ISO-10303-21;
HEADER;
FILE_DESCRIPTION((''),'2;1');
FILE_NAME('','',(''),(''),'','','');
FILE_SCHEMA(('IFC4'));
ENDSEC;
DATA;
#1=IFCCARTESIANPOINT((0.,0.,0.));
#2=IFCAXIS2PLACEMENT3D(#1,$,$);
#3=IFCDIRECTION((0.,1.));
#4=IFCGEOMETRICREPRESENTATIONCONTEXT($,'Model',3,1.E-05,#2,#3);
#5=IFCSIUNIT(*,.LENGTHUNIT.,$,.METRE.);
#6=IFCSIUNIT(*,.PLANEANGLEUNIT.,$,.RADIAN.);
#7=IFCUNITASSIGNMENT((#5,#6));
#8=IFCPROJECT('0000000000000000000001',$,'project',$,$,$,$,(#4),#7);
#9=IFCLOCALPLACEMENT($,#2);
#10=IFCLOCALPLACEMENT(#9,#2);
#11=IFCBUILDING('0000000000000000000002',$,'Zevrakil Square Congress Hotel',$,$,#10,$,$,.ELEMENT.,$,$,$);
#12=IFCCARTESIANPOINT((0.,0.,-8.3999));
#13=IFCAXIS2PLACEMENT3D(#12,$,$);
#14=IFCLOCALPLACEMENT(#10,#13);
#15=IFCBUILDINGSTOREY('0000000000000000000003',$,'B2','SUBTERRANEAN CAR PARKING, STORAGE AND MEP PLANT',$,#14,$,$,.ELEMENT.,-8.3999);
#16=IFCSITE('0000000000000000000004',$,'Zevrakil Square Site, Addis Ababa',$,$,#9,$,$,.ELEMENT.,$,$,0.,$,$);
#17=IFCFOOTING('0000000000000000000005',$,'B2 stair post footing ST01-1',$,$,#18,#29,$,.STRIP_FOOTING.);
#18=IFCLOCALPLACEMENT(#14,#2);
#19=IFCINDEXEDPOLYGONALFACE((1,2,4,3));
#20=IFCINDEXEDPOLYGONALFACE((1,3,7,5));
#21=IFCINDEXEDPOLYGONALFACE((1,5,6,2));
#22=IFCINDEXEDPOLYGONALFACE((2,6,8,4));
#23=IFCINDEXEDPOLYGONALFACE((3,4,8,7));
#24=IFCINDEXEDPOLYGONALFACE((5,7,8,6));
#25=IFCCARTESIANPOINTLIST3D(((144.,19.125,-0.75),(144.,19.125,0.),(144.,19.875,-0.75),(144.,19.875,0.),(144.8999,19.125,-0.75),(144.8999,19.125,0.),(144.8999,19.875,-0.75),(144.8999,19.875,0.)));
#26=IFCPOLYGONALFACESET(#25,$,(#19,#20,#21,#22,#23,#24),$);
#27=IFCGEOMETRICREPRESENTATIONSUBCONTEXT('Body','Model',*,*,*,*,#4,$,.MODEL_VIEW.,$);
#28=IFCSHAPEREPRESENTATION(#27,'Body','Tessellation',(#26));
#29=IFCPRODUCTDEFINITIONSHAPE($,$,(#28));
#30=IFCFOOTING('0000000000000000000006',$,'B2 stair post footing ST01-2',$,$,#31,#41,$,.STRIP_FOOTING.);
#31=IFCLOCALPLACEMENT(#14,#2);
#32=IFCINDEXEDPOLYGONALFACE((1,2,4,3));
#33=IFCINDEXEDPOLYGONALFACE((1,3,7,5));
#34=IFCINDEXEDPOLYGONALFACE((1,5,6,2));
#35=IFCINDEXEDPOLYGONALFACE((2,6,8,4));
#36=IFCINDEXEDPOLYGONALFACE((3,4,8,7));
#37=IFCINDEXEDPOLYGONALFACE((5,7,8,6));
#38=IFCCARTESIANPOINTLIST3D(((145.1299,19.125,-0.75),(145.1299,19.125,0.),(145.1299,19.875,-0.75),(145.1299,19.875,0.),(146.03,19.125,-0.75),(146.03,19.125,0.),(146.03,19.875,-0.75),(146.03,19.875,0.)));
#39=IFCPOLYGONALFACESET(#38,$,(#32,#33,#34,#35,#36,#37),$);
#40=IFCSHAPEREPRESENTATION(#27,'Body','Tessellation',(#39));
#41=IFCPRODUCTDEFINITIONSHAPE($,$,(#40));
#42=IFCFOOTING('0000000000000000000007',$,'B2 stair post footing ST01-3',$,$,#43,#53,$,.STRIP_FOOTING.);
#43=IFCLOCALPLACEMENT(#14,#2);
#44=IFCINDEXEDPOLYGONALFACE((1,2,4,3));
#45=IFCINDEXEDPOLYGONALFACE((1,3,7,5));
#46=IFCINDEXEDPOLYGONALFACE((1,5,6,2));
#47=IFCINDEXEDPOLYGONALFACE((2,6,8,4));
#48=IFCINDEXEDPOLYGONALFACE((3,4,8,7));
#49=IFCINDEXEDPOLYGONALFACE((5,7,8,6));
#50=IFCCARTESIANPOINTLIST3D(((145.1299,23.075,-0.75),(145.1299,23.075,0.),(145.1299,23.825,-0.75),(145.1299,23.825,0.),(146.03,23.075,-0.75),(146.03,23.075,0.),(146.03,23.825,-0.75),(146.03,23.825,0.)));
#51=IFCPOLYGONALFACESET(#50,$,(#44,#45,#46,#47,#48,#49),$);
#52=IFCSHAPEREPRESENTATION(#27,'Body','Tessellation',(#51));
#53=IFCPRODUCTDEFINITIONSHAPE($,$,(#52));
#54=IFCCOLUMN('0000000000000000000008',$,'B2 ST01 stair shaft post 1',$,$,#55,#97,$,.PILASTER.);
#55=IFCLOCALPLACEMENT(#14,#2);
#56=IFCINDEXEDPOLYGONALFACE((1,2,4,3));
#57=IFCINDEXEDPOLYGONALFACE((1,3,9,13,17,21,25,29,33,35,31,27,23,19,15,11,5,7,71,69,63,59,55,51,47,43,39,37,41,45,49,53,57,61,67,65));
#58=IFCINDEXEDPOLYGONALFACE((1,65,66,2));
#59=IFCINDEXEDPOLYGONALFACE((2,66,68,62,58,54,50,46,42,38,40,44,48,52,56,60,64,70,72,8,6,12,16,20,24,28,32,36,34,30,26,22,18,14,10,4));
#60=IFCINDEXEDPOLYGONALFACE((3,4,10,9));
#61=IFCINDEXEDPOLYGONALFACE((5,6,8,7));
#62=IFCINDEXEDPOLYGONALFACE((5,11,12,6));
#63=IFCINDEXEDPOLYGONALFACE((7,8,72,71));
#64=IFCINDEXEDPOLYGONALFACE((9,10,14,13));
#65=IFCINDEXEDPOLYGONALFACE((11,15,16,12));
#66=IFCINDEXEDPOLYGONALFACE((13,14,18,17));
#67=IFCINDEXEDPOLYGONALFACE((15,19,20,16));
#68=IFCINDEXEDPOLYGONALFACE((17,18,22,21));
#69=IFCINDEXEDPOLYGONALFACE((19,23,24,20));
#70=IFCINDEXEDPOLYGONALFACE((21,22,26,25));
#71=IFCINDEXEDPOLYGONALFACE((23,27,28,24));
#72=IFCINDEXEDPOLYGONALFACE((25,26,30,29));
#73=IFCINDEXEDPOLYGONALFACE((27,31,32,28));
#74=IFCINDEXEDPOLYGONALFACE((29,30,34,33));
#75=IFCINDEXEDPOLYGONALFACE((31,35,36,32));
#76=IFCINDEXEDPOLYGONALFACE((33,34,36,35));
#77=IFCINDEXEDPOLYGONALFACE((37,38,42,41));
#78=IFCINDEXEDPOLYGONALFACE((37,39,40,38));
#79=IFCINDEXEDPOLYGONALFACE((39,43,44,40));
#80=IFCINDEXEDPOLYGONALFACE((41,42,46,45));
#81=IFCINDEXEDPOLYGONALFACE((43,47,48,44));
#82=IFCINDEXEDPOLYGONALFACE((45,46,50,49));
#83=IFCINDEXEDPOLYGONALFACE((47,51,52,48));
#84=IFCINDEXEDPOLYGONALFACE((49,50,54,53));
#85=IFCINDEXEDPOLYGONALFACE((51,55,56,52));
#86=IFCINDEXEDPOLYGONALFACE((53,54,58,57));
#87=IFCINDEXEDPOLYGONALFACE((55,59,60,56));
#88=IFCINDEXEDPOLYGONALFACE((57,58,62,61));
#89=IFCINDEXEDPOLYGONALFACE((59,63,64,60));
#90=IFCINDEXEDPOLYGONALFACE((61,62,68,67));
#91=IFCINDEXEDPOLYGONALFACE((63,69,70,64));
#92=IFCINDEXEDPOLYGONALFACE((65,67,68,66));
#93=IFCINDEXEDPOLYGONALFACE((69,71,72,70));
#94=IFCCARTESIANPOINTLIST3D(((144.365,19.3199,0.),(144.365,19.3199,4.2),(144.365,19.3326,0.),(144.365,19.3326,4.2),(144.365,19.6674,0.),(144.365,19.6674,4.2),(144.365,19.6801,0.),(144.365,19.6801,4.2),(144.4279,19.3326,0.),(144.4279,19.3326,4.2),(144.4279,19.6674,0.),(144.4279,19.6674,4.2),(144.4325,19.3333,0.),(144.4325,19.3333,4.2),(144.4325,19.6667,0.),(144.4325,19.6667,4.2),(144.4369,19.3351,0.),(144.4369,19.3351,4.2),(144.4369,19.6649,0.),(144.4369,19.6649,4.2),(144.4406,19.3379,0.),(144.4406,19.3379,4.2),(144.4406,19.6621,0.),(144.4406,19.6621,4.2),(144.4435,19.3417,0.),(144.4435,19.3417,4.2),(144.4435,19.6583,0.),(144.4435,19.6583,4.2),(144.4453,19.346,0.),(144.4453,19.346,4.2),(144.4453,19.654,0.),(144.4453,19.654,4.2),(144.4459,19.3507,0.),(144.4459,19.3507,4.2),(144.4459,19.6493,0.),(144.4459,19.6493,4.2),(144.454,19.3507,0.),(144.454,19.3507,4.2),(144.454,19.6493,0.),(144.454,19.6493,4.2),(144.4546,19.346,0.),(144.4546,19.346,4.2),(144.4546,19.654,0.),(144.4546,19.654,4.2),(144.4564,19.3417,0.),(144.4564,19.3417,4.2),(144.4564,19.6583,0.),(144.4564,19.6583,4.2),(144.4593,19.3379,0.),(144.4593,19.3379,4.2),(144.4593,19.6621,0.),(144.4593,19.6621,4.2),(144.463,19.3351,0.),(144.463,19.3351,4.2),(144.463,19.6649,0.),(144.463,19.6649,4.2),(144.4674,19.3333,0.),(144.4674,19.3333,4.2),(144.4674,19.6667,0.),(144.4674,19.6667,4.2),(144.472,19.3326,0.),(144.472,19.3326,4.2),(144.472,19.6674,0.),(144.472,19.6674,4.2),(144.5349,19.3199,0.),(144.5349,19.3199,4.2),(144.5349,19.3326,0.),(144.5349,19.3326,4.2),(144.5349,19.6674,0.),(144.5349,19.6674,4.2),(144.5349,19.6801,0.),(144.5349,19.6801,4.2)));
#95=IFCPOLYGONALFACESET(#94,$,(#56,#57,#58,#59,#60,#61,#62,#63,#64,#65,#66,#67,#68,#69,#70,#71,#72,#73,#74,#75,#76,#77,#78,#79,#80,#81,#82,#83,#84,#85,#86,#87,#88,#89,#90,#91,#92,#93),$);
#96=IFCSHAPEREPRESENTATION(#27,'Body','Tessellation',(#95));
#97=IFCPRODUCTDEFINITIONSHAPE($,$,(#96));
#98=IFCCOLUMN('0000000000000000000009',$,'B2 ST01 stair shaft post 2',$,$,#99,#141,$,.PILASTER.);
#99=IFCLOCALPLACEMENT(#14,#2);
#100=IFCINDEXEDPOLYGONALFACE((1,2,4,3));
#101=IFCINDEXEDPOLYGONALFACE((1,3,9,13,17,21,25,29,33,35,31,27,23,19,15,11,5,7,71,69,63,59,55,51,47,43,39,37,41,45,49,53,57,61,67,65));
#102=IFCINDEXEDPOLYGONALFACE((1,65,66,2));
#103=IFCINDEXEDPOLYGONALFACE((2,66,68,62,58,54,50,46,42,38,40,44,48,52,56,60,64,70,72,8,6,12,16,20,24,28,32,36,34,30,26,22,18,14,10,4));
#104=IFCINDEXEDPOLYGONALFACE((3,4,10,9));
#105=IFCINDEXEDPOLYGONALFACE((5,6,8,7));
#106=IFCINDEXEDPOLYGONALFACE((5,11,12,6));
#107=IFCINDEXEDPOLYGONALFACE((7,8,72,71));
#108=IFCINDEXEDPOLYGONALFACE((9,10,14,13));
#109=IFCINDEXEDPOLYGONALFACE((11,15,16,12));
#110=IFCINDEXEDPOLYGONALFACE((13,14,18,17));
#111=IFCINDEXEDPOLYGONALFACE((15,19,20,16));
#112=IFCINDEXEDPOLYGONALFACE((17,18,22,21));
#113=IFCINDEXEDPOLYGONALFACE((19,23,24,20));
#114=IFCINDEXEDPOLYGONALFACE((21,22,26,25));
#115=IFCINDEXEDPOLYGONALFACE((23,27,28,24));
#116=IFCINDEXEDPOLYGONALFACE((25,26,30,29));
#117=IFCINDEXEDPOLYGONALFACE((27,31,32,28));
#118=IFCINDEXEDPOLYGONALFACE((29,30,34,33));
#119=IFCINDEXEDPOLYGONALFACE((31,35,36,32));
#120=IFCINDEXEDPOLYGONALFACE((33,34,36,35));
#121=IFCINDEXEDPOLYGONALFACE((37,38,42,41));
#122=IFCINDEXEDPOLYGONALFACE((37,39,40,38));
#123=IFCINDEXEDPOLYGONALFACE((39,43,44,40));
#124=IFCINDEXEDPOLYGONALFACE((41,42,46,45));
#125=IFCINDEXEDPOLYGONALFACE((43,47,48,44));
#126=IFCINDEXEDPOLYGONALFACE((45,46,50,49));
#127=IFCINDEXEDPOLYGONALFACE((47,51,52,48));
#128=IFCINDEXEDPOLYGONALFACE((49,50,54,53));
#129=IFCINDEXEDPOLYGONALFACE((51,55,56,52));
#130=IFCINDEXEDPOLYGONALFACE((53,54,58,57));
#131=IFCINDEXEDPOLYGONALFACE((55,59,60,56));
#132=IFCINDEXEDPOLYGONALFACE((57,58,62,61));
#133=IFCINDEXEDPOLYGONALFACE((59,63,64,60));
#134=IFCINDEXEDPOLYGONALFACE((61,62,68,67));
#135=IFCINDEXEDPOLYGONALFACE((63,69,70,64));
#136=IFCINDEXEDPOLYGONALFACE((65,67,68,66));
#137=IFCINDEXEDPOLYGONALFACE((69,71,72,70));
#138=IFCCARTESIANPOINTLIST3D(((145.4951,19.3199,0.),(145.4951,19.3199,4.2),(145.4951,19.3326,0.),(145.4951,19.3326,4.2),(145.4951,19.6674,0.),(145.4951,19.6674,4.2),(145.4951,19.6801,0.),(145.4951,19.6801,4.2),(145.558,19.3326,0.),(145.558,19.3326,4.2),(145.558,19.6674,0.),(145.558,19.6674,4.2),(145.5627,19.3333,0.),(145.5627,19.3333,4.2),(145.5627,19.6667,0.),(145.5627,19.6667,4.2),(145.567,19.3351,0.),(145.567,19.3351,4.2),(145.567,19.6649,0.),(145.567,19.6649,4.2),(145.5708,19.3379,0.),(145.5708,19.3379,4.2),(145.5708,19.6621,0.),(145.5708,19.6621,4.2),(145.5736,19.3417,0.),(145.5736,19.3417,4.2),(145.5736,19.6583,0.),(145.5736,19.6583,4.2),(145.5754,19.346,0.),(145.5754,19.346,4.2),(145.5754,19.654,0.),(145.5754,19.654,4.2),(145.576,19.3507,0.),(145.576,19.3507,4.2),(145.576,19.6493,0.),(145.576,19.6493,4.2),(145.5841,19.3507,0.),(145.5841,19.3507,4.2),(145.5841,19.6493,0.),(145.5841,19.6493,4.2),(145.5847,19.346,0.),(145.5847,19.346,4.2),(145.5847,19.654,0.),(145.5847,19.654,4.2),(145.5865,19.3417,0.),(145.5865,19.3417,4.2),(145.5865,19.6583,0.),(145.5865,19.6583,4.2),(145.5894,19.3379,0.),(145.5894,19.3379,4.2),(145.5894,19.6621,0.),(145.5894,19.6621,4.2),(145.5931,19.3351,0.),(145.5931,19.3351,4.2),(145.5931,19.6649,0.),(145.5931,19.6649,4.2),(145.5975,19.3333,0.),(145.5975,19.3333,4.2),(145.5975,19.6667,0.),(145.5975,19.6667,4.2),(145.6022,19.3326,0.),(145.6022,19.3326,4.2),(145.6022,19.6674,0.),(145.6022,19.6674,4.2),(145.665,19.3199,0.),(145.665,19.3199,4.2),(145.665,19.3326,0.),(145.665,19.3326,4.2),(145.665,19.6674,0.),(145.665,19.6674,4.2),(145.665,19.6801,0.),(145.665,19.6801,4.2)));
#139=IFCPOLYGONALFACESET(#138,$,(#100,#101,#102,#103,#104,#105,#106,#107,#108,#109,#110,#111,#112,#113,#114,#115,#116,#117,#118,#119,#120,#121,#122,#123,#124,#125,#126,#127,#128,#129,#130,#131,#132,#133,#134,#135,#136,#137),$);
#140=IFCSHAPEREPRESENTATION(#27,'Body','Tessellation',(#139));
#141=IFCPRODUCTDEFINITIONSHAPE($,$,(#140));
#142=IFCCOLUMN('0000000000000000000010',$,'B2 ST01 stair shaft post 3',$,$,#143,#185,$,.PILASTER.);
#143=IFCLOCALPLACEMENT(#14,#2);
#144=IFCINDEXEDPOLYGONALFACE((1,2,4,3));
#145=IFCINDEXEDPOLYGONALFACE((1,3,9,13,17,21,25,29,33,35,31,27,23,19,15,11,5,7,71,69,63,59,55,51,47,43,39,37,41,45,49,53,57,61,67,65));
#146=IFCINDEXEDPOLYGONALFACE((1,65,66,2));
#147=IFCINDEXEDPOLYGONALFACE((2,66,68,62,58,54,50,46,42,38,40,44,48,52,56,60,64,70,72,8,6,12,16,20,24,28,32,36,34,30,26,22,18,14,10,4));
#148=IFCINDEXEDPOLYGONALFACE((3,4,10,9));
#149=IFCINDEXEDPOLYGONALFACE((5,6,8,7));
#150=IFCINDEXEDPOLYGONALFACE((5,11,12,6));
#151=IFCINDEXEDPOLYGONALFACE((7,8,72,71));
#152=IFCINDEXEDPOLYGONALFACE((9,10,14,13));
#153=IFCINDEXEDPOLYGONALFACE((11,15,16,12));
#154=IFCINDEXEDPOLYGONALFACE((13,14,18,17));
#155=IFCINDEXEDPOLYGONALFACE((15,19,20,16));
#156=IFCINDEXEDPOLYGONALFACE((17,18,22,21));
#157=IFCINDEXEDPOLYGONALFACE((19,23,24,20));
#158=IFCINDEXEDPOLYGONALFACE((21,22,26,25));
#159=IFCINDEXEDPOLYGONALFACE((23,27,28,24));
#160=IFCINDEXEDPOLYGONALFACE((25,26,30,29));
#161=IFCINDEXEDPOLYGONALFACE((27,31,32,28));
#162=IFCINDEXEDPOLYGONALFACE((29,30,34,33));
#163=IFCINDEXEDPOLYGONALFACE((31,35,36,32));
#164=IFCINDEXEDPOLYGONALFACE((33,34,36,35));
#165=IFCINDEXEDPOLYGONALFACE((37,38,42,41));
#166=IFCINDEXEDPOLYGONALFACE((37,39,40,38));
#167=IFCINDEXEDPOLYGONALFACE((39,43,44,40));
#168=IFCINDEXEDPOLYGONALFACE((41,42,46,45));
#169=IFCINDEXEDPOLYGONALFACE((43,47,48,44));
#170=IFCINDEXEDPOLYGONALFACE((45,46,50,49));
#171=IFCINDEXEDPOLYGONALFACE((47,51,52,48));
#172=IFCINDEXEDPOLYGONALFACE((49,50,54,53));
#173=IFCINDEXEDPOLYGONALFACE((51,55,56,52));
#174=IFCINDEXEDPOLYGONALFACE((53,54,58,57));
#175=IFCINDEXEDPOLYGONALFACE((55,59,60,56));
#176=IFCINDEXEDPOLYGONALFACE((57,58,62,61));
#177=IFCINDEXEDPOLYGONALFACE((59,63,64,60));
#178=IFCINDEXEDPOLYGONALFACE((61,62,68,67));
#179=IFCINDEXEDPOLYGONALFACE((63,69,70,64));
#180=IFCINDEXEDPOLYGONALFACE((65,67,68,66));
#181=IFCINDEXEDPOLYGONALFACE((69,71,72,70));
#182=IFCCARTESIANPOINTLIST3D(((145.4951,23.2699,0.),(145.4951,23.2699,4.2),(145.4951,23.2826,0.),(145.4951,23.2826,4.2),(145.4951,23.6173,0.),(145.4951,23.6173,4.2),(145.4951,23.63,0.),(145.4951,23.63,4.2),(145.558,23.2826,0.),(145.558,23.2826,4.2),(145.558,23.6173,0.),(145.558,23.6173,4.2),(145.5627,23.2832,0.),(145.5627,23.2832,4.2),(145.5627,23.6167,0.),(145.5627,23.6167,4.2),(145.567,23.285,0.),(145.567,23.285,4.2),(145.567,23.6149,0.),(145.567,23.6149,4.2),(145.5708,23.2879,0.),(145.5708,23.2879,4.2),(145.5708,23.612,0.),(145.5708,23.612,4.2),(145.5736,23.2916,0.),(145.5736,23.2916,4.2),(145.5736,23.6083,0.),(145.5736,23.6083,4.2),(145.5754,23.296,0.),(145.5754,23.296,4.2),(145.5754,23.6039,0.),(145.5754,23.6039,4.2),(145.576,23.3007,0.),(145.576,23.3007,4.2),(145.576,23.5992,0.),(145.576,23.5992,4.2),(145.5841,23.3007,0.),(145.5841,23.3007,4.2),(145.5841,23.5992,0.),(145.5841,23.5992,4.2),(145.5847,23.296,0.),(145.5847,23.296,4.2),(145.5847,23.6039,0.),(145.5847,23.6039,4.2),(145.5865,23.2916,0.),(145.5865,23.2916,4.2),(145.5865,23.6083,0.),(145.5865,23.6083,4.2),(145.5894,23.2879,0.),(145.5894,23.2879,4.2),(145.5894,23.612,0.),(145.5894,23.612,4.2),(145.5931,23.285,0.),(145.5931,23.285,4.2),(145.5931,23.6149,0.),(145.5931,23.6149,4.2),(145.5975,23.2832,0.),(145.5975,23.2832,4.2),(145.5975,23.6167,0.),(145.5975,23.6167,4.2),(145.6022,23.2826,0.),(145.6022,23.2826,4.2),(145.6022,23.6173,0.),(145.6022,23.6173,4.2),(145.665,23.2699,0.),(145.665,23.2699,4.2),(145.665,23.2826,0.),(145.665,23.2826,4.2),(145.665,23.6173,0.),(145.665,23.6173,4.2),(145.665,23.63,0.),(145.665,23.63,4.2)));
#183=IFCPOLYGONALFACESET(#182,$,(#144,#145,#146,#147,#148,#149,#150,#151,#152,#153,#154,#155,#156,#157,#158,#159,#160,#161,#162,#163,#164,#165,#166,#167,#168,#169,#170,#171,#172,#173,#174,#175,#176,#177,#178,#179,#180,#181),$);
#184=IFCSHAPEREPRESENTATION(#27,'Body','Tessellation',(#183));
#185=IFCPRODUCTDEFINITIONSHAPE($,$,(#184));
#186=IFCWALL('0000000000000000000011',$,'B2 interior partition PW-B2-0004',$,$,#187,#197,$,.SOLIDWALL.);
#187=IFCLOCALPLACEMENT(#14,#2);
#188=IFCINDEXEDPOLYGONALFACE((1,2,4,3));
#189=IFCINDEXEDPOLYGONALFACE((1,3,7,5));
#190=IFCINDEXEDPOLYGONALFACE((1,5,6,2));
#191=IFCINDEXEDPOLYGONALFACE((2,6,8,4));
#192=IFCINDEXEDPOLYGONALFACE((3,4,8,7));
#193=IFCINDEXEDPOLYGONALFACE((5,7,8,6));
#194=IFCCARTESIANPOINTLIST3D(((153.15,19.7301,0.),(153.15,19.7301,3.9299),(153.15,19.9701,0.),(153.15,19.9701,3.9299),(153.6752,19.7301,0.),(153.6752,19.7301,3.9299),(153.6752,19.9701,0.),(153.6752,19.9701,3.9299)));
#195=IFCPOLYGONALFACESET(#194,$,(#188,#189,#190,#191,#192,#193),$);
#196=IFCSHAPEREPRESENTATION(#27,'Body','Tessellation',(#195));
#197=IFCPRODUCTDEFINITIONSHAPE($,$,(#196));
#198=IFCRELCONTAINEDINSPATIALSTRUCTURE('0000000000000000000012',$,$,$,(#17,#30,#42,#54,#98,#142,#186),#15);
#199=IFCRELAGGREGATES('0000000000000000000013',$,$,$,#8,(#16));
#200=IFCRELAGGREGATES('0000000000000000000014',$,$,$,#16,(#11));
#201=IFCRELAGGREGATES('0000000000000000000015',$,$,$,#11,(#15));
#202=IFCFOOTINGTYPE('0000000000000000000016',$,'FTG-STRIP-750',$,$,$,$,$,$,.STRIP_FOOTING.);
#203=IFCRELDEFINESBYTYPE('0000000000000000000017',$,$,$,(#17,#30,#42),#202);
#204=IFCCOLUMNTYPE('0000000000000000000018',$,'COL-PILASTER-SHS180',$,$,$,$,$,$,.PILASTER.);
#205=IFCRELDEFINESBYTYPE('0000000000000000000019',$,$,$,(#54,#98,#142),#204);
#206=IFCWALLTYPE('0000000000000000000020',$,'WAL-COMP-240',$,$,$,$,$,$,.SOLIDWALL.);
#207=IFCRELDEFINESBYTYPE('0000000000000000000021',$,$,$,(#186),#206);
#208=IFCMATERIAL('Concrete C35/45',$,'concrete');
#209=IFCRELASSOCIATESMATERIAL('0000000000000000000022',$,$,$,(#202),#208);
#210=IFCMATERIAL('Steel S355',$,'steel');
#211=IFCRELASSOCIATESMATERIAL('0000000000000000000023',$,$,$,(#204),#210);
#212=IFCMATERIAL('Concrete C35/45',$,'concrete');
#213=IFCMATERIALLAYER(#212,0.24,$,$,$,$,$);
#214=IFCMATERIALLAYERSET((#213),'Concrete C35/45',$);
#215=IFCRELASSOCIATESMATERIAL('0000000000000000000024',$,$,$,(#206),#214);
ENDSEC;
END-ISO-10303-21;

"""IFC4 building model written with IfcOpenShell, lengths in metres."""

from ifc_helpers import new_model, si_unit, direction, frame, frame_2d, origin, origin_2d, place, context, subcontext, project, spatial, rectangle, i_section, extrude, material, layer, layer_set, material_profile, profile_set, type_object, element, save


model = new_model("IFC4")

# Units and contexts
model_context = context("Model", 3, precision=1e-05, world=origin(), true_north=direction((0.0, 1.0)))
body_context = subcontext(model_context, "Body", "Model", "MODEL_VIEW")
ifc_project = project(units=[si_unit("LENGTHUNIT", "METRE"), si_unit("PLANEANGLEUNIT", "RADIAN")], contexts=[model_context])

# Site, building, storey
site_placement = place(None, origin())
site = spatial("IfcSite", under=ifc_project, at=site_placement, Name="Zevrakil Square Site, Addis Ababa", CompositionType="ELEMENT", RefElevation=0.0)
building_placement = place(site_placement, origin())
building = spatial("IfcBuilding", under=site, at=building_placement, Name="Zevrakil Square Congress Hotel", CompositionType="ELEMENT")
storey_placement = place(building_placement, frame((0.0, 0.0, -8.3999)))
storey = spatial("IfcBuildingStorey", under=building, at=storey_placement, Name="B2", Description="SUBTERRANEAN CAR PARKING, STORAGE AND MEP PLANT", CompositionType="ELEMENT", Elevation=-8.3999)

# Footings
ifc_material_1 = material(Name="Concrete C35/45", Category="concrete")
ifc_material_profile_1 = material_profile(ifc_material_1, rectangle(XDim=0.75, YDim=0.75, at=origin_2d()), Name="RC 750x750")
ifc_profile_set_1 = profile_set([ifc_material_profile_1], Name="Concrete C35/45")
footing_type = type_object("IfcFootingType", Name="FTG-STRIP-750", PredefinedType="STRIP_FOOTING", material=ifc_profile_set_1)
footing_placement = place(storey_placement, frame((144.0, 19.5, -0.375), z_axis=(1.0, 0.0, 0.0), x_axis=(0.0, 1.0, 0.0)))
element("IfcFooting", 1, at=footing_placement, inside=storey, type_object=footing_type, Name="B2 stair post footing ST01-1", PredefinedType="STRIP_FOOTING", context=body_context, shape_type="SweptSolid", body=[
    extrude(rectangle(XDim=0.75, YDim=0.75, at=origin_2d()), origin(), (0.0, 0.0, 1.0), 0.8999),
])
for number, where, z_axis, x_axis, name in (
    (2, (145.1299, 19.5, -0.375), (1.0, 0.0, 0.0), (0.0, 1.0, 0.0), "B2 stair post footing ST01-2"),
    (3, (145.1299, 23.45, -0.375), (1.0, 0.0, 0.0), (0.0, 1.0, 0.0), "B2 stair post footing ST01-3"),
):
    element("IfcFooting", number, at=place(storey_placement, frame(where, z_axis=z_axis, x_axis=x_axis)), inside=storey, type_object=footing_type, Name=name, PredefinedType="STRIP_FOOTING", context=body_context, shape_type="SweptSolid", body=[
        extrude(rectangle(XDim=0.75, YDim=0.75, at=origin_2d()), origin(), (0.0, 0.0, 1.0), 0.9001),
    ])

# Columns
ifc_material_2 = material(Name="Steel S355", Category="steel")
ifc_material_profile_2 = material_profile(ifc_material_2, i_section(OverallWidth=0.1699, OverallDepth=0.3601, WebThickness=0.0081, FlangeThickness=0.0127, FilletRadius=0.0181, at=origin_2d()), Name="IPE 360")
ifc_profile_set_2 = profile_set([ifc_material_profile_2], Name="Steel S355")
column_type = type_object("IfcColumnType", Name="COL-PILASTER-SHS180", PredefinedType="PILASTER", material=ifc_profile_set_2)
for number, where, z_axis, x_axis, name in (
    (4, (144.45, 19.5, 0.0), (0.0, 0.0, 1.0), (1.0, 0.0, 0.0), "B2 ST01 stair shaft post 1"),
    (5, (145.5801, 19.5, 0.0), (0.0, 0.0, 1.0), (1.0, 0.0, 0.0), "B2 ST01 stair shaft post 2"),
    (6, (145.5801, 23.45, 0.0), (0.0, 0.0, 1.0), (1.0, 0.0, 0.0), "B2 ST01 stair shaft post 3"),
):
    element("IfcColumn", number, at=place(storey_placement, frame(where, z_axis=z_axis, x_axis=x_axis)), inside=storey, type_object=column_type, Name=name, PredefinedType="PILASTER", context=body_context, shape_type="SweptSolid", body=[
        extrude(i_section(OverallWidth=0.1699, OverallDepth=0.3601, WebThickness=0.0081, FlangeThickness=0.0127, FilletRadius=0.0181, at=origin_2d()), origin(), (0.0, 0.0, 1.0), 4.2),
    ])

# Wall
ifc_material_3 = material(Name="Concrete C35/45", Category="concrete")
ifc_layer_1 = layer(ifc_material_3, 0.24)
ifc_layer_set_1 = layer_set([ifc_layer_1], Name="Concrete C35/45")
wall_type_1 = type_object("IfcWallType", Name="WAL-COMP-240", PredefinedType="SOLIDWALL", material=ifc_layer_set_1)
wall_1_placement = place(storey_placement, frame((153.1499, 19.8501, 0.0), z_axis=(0.0, 0.0, 1.0), x_axis=(1.0, 0.0, 0.0)))
element("IfcWall", 7, at=wall_1_placement, inside=storey, type_object=wall_type_1, Name="B2 interior partition PW-B2-0004", PredefinedType="SOLIDWALL", context=body_context, shape_type="SweptSolid", body=[
    extrude(rectangle(XDim=0.5251, YDim=0.24, at=frame_2d((0.2627, 0.0))), origin(), (0.0, 0.0, 1.0), 3.9299),
])

save(model, "model.ifc")
